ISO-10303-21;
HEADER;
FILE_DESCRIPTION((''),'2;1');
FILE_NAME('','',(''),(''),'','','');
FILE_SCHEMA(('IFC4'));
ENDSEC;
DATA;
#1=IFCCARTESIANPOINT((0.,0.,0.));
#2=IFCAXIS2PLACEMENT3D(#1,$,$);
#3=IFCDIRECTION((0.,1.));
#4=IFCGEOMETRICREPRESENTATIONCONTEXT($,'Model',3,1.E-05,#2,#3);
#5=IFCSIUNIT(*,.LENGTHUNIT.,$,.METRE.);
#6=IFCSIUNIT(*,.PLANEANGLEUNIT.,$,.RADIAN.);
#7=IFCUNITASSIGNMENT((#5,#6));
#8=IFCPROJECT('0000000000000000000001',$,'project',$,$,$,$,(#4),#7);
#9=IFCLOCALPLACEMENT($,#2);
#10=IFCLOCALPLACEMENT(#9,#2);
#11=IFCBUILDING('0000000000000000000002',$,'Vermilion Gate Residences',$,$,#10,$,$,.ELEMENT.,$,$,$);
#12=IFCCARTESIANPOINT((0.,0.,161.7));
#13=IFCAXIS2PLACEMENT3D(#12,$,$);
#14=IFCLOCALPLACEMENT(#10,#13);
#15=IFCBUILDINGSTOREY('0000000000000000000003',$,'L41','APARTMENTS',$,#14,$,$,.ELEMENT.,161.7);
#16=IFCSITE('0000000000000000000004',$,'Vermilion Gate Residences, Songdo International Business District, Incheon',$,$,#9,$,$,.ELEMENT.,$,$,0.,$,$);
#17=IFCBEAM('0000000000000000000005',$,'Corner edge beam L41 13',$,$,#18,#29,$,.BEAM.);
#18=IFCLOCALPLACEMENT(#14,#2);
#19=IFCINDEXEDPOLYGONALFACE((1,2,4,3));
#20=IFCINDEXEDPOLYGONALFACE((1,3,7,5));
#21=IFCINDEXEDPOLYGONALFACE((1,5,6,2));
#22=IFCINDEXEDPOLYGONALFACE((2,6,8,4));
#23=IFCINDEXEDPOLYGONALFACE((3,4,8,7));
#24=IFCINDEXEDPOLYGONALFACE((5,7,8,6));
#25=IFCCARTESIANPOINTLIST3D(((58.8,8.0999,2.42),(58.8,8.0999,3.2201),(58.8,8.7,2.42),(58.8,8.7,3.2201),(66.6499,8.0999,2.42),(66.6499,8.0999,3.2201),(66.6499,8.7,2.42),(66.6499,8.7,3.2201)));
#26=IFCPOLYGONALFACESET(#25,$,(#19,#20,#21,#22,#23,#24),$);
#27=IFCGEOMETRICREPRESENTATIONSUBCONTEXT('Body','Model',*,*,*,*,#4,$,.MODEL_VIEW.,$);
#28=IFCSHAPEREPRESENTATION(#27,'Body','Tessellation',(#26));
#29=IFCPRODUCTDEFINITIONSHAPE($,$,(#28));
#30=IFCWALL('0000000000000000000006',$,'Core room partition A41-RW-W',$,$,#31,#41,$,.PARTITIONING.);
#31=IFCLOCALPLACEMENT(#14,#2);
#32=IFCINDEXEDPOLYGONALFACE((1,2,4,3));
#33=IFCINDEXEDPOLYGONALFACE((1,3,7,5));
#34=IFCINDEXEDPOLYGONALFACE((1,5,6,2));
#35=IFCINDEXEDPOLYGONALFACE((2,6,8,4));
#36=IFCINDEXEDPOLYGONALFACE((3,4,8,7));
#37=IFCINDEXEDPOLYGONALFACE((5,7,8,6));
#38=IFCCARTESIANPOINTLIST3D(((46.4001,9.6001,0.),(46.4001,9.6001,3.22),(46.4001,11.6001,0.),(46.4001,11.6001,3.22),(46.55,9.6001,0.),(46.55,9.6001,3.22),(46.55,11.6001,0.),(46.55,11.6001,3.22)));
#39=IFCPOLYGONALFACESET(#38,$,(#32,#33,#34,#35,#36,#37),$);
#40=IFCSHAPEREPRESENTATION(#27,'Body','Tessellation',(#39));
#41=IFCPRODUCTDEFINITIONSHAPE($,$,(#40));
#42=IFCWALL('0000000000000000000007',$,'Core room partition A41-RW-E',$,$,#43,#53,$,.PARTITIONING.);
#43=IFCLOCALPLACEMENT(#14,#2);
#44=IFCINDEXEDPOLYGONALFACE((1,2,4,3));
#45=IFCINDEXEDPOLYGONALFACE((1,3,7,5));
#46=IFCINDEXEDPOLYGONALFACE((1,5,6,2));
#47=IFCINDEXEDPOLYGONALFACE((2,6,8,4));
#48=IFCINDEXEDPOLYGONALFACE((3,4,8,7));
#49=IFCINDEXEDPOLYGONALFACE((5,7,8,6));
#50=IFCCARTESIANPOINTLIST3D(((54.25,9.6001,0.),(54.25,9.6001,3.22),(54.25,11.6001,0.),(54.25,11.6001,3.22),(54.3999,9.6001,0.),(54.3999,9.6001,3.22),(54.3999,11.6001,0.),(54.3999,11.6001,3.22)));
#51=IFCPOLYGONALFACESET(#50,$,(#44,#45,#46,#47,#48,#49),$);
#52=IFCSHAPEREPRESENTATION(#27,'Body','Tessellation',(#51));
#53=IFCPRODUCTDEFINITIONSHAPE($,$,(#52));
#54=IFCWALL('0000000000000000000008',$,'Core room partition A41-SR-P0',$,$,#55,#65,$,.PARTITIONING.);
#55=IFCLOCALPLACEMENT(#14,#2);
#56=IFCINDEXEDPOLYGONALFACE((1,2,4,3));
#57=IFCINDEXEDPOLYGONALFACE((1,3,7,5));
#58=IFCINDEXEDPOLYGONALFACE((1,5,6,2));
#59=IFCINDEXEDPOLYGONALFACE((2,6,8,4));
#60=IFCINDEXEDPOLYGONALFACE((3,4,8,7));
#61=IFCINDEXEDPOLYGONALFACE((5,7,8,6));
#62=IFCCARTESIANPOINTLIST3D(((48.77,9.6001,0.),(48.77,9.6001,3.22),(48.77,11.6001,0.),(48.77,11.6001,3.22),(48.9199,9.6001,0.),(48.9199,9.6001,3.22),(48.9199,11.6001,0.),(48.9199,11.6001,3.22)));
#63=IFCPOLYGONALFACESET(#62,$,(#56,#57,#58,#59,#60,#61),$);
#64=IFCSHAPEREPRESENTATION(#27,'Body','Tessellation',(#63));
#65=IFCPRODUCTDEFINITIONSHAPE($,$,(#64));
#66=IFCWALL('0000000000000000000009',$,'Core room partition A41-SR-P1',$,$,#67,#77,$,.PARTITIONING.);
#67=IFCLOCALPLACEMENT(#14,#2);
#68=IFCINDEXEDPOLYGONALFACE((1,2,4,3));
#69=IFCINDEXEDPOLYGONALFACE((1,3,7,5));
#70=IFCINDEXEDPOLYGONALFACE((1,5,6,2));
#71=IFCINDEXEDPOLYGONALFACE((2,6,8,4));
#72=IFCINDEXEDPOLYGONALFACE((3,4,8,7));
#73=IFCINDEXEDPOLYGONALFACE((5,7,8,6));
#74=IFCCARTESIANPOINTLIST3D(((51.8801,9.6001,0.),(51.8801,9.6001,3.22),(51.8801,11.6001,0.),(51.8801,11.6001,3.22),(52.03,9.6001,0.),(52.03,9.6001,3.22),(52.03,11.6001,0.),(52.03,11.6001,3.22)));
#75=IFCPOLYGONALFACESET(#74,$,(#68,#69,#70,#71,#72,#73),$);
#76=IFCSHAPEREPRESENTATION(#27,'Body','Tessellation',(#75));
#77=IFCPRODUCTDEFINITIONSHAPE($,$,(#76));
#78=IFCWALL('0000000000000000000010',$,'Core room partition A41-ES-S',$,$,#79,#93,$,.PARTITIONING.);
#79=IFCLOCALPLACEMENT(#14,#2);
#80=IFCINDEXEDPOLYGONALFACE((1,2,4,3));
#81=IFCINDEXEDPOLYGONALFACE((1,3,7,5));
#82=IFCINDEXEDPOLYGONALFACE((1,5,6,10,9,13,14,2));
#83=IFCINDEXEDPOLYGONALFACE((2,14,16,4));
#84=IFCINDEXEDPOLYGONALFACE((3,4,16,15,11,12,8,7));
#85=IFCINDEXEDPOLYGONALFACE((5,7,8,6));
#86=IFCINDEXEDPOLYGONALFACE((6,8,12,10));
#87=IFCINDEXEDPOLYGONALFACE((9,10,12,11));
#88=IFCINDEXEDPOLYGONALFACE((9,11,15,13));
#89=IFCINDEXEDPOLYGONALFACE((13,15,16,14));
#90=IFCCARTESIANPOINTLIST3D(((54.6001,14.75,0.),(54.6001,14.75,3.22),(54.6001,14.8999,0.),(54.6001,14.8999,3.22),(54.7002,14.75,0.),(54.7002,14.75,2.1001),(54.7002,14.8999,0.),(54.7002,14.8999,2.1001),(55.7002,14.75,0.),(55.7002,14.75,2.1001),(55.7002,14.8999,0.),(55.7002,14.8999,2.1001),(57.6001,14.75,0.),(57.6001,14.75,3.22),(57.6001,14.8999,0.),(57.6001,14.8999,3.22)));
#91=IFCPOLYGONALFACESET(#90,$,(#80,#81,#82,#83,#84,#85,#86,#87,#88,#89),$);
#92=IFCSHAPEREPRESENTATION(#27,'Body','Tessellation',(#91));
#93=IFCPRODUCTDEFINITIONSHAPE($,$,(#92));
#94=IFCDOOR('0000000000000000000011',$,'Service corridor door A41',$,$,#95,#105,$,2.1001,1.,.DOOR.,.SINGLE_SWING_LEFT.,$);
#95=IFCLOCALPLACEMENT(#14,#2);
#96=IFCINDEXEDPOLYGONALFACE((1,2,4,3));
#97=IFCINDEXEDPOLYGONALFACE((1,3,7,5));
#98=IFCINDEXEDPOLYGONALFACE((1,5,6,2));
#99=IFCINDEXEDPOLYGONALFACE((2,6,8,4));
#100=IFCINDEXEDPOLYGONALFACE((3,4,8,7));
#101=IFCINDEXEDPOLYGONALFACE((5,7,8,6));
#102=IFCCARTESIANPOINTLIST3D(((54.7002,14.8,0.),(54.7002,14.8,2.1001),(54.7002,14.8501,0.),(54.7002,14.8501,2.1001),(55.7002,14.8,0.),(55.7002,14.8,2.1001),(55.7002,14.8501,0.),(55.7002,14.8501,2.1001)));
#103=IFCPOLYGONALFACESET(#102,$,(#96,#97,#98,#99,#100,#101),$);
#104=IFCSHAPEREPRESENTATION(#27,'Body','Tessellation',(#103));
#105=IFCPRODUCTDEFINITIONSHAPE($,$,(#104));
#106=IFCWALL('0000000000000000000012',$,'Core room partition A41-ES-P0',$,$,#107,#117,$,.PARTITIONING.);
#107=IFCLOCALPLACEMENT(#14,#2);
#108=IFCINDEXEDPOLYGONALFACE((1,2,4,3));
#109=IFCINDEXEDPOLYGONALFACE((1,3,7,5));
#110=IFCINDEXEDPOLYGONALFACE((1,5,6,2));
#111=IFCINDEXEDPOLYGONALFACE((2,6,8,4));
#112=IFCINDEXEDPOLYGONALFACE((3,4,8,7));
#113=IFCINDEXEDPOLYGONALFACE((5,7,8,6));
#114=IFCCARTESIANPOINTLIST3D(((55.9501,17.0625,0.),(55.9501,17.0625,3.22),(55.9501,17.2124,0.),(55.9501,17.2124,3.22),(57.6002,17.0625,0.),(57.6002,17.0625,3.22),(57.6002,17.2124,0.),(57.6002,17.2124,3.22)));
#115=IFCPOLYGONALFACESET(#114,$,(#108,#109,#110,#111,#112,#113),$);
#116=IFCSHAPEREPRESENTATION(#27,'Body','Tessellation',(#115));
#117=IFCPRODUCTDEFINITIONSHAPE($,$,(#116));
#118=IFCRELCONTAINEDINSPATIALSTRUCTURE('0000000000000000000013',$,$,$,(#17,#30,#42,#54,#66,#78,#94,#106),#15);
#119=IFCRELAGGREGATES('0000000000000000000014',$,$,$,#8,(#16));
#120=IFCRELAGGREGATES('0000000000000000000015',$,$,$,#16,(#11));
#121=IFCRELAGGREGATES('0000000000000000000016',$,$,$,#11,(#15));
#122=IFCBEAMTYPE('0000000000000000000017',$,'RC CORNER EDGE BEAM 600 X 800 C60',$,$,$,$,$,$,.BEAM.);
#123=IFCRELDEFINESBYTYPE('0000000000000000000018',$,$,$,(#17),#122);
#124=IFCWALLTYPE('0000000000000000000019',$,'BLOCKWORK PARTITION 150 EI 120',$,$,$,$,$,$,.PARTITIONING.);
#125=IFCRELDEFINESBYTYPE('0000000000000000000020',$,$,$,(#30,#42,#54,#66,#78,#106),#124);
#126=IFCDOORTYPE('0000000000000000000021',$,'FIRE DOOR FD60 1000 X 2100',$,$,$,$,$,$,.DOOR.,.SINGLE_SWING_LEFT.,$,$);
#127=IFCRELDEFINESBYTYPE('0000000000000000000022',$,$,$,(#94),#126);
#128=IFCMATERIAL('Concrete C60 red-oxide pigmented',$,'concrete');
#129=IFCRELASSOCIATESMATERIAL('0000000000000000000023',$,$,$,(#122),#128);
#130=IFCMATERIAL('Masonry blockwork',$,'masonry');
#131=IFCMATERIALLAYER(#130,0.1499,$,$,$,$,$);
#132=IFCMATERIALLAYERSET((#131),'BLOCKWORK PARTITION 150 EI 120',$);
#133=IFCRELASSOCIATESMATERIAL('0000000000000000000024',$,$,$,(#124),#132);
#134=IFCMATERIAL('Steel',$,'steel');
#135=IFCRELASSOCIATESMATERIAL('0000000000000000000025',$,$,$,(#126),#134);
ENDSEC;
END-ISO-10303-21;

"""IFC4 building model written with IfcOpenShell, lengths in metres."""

from ifc_helpers import new_model, si_unit, direction, frame, frame_2d, origin, origin_2d, place, context, subcontext, project, spatial, rectangle, extrude, material, layer, layer_set, material_profile, profile_set, type_object, element, fill, save


model = new_model("IFC4")

# Units and contexts
model_context = context("Model", 3, precision=1e-05, world=origin(), true_north=direction((0.0, 1.0)))
body_context = subcontext(model_context, "Body", "Model", "MODEL_VIEW")
ifc_project = project(units=[si_unit("LENGTHUNIT", "METRE"), si_unit("PLANEANGLEUNIT", "RADIAN")], contexts=[model_context])

# Site, building, storey
site_placement = place(None, origin())
site = spatial("IfcSite", under=ifc_project, at=site_placement, Name="Vermilion Gate Residences, Songdo International Business District, Incheon", CompositionType="ELEMENT", RefElevation=0.0)
building_placement = place(site_placement, origin())
building = spatial("IfcBuilding", under=site, at=building_placement, Name="Vermilion Gate Residences", CompositionType="ELEMENT")
storey_placement = place(building_placement, frame((0.0, 0.0, 161.7)))
storey = spatial("IfcBuildingStorey", under=building, at=storey_placement, Name="L41", Description="APARTMENTS", CompositionType="ELEMENT", Elevation=161.7)

# Beam
ifc_material_1 = material(Name="Concrete C60 red-oxide pigmented", Category="concrete")
ifc_material_profile = material_profile(ifc_material_1, rectangle(XDim=0.6001, YDim=0.8, at=origin_2d()), Name="RC-600x800")
ifc_profile_set = profile_set([ifc_material_profile], Name="Concrete C60 red-oxide pigmented")
beam_type = type_object("IfcBeamType", Name="RC CORNER EDGE BEAM 600 X 800 C60", PredefinedType="BEAM", material=ifc_profile_set)
beam_placement = place(storey_placement, frame((58.8, 8.3999, 2.8201), z_axis=(1.0, 0.0, 0.0), x_axis=(0.0, 1.0, 0.0)))
element("IfcBeam", 1, at=beam_placement, inside=storey, type_object=beam_type, Name="Corner edge beam L41 13", PredefinedType="BEAM", context=body_context, shape_type="SweptSolid", body=[
    extrude(rectangle(XDim=0.6001, YDim=0.8, at=origin_2d()), origin(), (0.0, 0.0, 1.0), 7.8499),
])

# Walls
ifc_material_2 = material(Name="Masonry blockwork", Category="masonry")
ifc_layer_1 = layer(ifc_material_2, 0.1499)
ifc_layer_set_1 = layer_set([ifc_layer_1], Name="BLOCKWORK PARTITION 150 EI 120")
wall_type_1 = type_object("IfcWallType", Name="BLOCKWORK PARTITION 150 EI 120", PredefinedType="PARTITIONING", material=ifc_layer_set_1)
for number, where, z_axis, x_axis, name in (
    (2, (46.4751, 9.6001, 0.0), (0.0, 0.0, 1.0), (0.0, 1.0, 0.0), "Core room partition A41-RW-W"),
    (3, (54.325, 9.6001, 0.0), (0.0, 0.0, 1.0), (0.0, 1.0, 0.0), "Core room partition A41-RW-E"),
    (4, (48.845, 9.6001, 0.0), (0.0, 0.0, 1.0), (0.0, 1.0, 0.0), "Core room partition A41-SR-P0"),
    (5, (51.9551, 9.6001, 0.0), (0.0, 0.0, 1.0), (0.0, 1.0, 0.0), "Core room partition A41-SR-P1"),
):
    element("IfcWall", number, at=place(storey_placement, frame(where, z_axis=z_axis, x_axis=x_axis)), inside=storey, type_object=wall_type_1, Name=name, PredefinedType="PARTITIONING", context=body_context, shape_type="SweptSolid", body=[
        extrude(rectangle(XDim=2.0, YDim=0.1499, at=frame_2d((1.0, 0.0))), origin(), (0.0, 0.0, 1.0), 3.22),
    ])

# Wall, opening, door
wall_1_placement = place(storey_placement, frame((54.6001, 14.825, 0.0), z_axis=(0.0, 0.0, 1.0), x_axis=(1.0, 0.0, 0.0)))
wall_1 = element("IfcWall", 6, at=wall_1_placement, inside=storey, type_object=wall_type_1, Name="Core room partition A41-ES-S", PredefinedType="PARTITIONING", context=body_context, shape_type="SweptSolid", body=[
    extrude(rectangle(XDim=3.0, YDim=0.1499, at=frame_2d((1.5, 0.0))), origin(), (0.0, 0.0, 1.0), 3.22),
])
opening_1_placement = place(wall_1_placement, frame((0.1001, 0.0, 0.0)))
opening_1 = element("IfcOpeningElement", 7, at=opening_1_placement, cuts=wall_1, PredefinedType="OPENING", context=body_context, shape_type="SweptSolid", body=[
    extrude(rectangle(XDim=1.0, YDim=2.1001, at=frame_2d((0.5, 1.05))), frame((0.0, 0.085, 0.0), z_axis=(0.0, -1.0, 0.0), x_axis=(1.0, 0.0, 0.0)), (0.0, 0.0, 1.0), 0.1699),
])
ifc_material_3 = material(Name="Steel", Category="steel")
door_type_1 = type_object("IfcDoorType", Name="FIRE DOOR FD60 1000 X 2100", OperationType="SINGLE_SWING_LEFT", PredefinedType="DOOR", material=ifc_material_3)
door_1_placement = place(opening_1_placement, frame((1.0, 0.0, 0.0), z_axis=(0.0, 0.0, 1.0), x_axis=(-1.0, 0.0, 0.0)))
door_1 = element("IfcDoor", 8, at=door_1_placement, inside=storey, type_object=door_type_1, Name="Service corridor door A41", OperationType="SINGLE_SWING_LEFT", OverallHeight=2.1001, OverallWidth=1.0, PredefinedType="DOOR", context=body_context, shape_type="SweptSolid", body=[
    extrude(rectangle(XDim=1.0, YDim=2.1001, at=frame_2d((0.5, 1.05))), frame((0.0, 0.0249, 0.0), z_axis=(0.0, -1.0, 0.0), x_axis=(1.0, 0.0, 0.0)), (0.0, 0.0, 1.0), 0.05),
])
fill(opening_1, door_1)

# Wall
wall_2_placement = place(storey_placement, frame((55.95, 17.1375, 0.0), z_axis=(0.0, 0.0, 1.0), x_axis=(1.0, 0.0, 0.0)))
element("IfcWall", 9, at=wall_2_placement, inside=storey, type_object=wall_type_1, Name="Core room partition A41-ES-P0", PredefinedType="PARTITIONING", context=body_context, shape_type="SweptSolid", body=[
    extrude(rectangle(XDim=1.6501, YDim=0.1499, at=frame_2d((0.8252, 0.0))), origin(), (0.0, 0.0, 1.0), 3.22),
])

save(model, "model.ifc")
